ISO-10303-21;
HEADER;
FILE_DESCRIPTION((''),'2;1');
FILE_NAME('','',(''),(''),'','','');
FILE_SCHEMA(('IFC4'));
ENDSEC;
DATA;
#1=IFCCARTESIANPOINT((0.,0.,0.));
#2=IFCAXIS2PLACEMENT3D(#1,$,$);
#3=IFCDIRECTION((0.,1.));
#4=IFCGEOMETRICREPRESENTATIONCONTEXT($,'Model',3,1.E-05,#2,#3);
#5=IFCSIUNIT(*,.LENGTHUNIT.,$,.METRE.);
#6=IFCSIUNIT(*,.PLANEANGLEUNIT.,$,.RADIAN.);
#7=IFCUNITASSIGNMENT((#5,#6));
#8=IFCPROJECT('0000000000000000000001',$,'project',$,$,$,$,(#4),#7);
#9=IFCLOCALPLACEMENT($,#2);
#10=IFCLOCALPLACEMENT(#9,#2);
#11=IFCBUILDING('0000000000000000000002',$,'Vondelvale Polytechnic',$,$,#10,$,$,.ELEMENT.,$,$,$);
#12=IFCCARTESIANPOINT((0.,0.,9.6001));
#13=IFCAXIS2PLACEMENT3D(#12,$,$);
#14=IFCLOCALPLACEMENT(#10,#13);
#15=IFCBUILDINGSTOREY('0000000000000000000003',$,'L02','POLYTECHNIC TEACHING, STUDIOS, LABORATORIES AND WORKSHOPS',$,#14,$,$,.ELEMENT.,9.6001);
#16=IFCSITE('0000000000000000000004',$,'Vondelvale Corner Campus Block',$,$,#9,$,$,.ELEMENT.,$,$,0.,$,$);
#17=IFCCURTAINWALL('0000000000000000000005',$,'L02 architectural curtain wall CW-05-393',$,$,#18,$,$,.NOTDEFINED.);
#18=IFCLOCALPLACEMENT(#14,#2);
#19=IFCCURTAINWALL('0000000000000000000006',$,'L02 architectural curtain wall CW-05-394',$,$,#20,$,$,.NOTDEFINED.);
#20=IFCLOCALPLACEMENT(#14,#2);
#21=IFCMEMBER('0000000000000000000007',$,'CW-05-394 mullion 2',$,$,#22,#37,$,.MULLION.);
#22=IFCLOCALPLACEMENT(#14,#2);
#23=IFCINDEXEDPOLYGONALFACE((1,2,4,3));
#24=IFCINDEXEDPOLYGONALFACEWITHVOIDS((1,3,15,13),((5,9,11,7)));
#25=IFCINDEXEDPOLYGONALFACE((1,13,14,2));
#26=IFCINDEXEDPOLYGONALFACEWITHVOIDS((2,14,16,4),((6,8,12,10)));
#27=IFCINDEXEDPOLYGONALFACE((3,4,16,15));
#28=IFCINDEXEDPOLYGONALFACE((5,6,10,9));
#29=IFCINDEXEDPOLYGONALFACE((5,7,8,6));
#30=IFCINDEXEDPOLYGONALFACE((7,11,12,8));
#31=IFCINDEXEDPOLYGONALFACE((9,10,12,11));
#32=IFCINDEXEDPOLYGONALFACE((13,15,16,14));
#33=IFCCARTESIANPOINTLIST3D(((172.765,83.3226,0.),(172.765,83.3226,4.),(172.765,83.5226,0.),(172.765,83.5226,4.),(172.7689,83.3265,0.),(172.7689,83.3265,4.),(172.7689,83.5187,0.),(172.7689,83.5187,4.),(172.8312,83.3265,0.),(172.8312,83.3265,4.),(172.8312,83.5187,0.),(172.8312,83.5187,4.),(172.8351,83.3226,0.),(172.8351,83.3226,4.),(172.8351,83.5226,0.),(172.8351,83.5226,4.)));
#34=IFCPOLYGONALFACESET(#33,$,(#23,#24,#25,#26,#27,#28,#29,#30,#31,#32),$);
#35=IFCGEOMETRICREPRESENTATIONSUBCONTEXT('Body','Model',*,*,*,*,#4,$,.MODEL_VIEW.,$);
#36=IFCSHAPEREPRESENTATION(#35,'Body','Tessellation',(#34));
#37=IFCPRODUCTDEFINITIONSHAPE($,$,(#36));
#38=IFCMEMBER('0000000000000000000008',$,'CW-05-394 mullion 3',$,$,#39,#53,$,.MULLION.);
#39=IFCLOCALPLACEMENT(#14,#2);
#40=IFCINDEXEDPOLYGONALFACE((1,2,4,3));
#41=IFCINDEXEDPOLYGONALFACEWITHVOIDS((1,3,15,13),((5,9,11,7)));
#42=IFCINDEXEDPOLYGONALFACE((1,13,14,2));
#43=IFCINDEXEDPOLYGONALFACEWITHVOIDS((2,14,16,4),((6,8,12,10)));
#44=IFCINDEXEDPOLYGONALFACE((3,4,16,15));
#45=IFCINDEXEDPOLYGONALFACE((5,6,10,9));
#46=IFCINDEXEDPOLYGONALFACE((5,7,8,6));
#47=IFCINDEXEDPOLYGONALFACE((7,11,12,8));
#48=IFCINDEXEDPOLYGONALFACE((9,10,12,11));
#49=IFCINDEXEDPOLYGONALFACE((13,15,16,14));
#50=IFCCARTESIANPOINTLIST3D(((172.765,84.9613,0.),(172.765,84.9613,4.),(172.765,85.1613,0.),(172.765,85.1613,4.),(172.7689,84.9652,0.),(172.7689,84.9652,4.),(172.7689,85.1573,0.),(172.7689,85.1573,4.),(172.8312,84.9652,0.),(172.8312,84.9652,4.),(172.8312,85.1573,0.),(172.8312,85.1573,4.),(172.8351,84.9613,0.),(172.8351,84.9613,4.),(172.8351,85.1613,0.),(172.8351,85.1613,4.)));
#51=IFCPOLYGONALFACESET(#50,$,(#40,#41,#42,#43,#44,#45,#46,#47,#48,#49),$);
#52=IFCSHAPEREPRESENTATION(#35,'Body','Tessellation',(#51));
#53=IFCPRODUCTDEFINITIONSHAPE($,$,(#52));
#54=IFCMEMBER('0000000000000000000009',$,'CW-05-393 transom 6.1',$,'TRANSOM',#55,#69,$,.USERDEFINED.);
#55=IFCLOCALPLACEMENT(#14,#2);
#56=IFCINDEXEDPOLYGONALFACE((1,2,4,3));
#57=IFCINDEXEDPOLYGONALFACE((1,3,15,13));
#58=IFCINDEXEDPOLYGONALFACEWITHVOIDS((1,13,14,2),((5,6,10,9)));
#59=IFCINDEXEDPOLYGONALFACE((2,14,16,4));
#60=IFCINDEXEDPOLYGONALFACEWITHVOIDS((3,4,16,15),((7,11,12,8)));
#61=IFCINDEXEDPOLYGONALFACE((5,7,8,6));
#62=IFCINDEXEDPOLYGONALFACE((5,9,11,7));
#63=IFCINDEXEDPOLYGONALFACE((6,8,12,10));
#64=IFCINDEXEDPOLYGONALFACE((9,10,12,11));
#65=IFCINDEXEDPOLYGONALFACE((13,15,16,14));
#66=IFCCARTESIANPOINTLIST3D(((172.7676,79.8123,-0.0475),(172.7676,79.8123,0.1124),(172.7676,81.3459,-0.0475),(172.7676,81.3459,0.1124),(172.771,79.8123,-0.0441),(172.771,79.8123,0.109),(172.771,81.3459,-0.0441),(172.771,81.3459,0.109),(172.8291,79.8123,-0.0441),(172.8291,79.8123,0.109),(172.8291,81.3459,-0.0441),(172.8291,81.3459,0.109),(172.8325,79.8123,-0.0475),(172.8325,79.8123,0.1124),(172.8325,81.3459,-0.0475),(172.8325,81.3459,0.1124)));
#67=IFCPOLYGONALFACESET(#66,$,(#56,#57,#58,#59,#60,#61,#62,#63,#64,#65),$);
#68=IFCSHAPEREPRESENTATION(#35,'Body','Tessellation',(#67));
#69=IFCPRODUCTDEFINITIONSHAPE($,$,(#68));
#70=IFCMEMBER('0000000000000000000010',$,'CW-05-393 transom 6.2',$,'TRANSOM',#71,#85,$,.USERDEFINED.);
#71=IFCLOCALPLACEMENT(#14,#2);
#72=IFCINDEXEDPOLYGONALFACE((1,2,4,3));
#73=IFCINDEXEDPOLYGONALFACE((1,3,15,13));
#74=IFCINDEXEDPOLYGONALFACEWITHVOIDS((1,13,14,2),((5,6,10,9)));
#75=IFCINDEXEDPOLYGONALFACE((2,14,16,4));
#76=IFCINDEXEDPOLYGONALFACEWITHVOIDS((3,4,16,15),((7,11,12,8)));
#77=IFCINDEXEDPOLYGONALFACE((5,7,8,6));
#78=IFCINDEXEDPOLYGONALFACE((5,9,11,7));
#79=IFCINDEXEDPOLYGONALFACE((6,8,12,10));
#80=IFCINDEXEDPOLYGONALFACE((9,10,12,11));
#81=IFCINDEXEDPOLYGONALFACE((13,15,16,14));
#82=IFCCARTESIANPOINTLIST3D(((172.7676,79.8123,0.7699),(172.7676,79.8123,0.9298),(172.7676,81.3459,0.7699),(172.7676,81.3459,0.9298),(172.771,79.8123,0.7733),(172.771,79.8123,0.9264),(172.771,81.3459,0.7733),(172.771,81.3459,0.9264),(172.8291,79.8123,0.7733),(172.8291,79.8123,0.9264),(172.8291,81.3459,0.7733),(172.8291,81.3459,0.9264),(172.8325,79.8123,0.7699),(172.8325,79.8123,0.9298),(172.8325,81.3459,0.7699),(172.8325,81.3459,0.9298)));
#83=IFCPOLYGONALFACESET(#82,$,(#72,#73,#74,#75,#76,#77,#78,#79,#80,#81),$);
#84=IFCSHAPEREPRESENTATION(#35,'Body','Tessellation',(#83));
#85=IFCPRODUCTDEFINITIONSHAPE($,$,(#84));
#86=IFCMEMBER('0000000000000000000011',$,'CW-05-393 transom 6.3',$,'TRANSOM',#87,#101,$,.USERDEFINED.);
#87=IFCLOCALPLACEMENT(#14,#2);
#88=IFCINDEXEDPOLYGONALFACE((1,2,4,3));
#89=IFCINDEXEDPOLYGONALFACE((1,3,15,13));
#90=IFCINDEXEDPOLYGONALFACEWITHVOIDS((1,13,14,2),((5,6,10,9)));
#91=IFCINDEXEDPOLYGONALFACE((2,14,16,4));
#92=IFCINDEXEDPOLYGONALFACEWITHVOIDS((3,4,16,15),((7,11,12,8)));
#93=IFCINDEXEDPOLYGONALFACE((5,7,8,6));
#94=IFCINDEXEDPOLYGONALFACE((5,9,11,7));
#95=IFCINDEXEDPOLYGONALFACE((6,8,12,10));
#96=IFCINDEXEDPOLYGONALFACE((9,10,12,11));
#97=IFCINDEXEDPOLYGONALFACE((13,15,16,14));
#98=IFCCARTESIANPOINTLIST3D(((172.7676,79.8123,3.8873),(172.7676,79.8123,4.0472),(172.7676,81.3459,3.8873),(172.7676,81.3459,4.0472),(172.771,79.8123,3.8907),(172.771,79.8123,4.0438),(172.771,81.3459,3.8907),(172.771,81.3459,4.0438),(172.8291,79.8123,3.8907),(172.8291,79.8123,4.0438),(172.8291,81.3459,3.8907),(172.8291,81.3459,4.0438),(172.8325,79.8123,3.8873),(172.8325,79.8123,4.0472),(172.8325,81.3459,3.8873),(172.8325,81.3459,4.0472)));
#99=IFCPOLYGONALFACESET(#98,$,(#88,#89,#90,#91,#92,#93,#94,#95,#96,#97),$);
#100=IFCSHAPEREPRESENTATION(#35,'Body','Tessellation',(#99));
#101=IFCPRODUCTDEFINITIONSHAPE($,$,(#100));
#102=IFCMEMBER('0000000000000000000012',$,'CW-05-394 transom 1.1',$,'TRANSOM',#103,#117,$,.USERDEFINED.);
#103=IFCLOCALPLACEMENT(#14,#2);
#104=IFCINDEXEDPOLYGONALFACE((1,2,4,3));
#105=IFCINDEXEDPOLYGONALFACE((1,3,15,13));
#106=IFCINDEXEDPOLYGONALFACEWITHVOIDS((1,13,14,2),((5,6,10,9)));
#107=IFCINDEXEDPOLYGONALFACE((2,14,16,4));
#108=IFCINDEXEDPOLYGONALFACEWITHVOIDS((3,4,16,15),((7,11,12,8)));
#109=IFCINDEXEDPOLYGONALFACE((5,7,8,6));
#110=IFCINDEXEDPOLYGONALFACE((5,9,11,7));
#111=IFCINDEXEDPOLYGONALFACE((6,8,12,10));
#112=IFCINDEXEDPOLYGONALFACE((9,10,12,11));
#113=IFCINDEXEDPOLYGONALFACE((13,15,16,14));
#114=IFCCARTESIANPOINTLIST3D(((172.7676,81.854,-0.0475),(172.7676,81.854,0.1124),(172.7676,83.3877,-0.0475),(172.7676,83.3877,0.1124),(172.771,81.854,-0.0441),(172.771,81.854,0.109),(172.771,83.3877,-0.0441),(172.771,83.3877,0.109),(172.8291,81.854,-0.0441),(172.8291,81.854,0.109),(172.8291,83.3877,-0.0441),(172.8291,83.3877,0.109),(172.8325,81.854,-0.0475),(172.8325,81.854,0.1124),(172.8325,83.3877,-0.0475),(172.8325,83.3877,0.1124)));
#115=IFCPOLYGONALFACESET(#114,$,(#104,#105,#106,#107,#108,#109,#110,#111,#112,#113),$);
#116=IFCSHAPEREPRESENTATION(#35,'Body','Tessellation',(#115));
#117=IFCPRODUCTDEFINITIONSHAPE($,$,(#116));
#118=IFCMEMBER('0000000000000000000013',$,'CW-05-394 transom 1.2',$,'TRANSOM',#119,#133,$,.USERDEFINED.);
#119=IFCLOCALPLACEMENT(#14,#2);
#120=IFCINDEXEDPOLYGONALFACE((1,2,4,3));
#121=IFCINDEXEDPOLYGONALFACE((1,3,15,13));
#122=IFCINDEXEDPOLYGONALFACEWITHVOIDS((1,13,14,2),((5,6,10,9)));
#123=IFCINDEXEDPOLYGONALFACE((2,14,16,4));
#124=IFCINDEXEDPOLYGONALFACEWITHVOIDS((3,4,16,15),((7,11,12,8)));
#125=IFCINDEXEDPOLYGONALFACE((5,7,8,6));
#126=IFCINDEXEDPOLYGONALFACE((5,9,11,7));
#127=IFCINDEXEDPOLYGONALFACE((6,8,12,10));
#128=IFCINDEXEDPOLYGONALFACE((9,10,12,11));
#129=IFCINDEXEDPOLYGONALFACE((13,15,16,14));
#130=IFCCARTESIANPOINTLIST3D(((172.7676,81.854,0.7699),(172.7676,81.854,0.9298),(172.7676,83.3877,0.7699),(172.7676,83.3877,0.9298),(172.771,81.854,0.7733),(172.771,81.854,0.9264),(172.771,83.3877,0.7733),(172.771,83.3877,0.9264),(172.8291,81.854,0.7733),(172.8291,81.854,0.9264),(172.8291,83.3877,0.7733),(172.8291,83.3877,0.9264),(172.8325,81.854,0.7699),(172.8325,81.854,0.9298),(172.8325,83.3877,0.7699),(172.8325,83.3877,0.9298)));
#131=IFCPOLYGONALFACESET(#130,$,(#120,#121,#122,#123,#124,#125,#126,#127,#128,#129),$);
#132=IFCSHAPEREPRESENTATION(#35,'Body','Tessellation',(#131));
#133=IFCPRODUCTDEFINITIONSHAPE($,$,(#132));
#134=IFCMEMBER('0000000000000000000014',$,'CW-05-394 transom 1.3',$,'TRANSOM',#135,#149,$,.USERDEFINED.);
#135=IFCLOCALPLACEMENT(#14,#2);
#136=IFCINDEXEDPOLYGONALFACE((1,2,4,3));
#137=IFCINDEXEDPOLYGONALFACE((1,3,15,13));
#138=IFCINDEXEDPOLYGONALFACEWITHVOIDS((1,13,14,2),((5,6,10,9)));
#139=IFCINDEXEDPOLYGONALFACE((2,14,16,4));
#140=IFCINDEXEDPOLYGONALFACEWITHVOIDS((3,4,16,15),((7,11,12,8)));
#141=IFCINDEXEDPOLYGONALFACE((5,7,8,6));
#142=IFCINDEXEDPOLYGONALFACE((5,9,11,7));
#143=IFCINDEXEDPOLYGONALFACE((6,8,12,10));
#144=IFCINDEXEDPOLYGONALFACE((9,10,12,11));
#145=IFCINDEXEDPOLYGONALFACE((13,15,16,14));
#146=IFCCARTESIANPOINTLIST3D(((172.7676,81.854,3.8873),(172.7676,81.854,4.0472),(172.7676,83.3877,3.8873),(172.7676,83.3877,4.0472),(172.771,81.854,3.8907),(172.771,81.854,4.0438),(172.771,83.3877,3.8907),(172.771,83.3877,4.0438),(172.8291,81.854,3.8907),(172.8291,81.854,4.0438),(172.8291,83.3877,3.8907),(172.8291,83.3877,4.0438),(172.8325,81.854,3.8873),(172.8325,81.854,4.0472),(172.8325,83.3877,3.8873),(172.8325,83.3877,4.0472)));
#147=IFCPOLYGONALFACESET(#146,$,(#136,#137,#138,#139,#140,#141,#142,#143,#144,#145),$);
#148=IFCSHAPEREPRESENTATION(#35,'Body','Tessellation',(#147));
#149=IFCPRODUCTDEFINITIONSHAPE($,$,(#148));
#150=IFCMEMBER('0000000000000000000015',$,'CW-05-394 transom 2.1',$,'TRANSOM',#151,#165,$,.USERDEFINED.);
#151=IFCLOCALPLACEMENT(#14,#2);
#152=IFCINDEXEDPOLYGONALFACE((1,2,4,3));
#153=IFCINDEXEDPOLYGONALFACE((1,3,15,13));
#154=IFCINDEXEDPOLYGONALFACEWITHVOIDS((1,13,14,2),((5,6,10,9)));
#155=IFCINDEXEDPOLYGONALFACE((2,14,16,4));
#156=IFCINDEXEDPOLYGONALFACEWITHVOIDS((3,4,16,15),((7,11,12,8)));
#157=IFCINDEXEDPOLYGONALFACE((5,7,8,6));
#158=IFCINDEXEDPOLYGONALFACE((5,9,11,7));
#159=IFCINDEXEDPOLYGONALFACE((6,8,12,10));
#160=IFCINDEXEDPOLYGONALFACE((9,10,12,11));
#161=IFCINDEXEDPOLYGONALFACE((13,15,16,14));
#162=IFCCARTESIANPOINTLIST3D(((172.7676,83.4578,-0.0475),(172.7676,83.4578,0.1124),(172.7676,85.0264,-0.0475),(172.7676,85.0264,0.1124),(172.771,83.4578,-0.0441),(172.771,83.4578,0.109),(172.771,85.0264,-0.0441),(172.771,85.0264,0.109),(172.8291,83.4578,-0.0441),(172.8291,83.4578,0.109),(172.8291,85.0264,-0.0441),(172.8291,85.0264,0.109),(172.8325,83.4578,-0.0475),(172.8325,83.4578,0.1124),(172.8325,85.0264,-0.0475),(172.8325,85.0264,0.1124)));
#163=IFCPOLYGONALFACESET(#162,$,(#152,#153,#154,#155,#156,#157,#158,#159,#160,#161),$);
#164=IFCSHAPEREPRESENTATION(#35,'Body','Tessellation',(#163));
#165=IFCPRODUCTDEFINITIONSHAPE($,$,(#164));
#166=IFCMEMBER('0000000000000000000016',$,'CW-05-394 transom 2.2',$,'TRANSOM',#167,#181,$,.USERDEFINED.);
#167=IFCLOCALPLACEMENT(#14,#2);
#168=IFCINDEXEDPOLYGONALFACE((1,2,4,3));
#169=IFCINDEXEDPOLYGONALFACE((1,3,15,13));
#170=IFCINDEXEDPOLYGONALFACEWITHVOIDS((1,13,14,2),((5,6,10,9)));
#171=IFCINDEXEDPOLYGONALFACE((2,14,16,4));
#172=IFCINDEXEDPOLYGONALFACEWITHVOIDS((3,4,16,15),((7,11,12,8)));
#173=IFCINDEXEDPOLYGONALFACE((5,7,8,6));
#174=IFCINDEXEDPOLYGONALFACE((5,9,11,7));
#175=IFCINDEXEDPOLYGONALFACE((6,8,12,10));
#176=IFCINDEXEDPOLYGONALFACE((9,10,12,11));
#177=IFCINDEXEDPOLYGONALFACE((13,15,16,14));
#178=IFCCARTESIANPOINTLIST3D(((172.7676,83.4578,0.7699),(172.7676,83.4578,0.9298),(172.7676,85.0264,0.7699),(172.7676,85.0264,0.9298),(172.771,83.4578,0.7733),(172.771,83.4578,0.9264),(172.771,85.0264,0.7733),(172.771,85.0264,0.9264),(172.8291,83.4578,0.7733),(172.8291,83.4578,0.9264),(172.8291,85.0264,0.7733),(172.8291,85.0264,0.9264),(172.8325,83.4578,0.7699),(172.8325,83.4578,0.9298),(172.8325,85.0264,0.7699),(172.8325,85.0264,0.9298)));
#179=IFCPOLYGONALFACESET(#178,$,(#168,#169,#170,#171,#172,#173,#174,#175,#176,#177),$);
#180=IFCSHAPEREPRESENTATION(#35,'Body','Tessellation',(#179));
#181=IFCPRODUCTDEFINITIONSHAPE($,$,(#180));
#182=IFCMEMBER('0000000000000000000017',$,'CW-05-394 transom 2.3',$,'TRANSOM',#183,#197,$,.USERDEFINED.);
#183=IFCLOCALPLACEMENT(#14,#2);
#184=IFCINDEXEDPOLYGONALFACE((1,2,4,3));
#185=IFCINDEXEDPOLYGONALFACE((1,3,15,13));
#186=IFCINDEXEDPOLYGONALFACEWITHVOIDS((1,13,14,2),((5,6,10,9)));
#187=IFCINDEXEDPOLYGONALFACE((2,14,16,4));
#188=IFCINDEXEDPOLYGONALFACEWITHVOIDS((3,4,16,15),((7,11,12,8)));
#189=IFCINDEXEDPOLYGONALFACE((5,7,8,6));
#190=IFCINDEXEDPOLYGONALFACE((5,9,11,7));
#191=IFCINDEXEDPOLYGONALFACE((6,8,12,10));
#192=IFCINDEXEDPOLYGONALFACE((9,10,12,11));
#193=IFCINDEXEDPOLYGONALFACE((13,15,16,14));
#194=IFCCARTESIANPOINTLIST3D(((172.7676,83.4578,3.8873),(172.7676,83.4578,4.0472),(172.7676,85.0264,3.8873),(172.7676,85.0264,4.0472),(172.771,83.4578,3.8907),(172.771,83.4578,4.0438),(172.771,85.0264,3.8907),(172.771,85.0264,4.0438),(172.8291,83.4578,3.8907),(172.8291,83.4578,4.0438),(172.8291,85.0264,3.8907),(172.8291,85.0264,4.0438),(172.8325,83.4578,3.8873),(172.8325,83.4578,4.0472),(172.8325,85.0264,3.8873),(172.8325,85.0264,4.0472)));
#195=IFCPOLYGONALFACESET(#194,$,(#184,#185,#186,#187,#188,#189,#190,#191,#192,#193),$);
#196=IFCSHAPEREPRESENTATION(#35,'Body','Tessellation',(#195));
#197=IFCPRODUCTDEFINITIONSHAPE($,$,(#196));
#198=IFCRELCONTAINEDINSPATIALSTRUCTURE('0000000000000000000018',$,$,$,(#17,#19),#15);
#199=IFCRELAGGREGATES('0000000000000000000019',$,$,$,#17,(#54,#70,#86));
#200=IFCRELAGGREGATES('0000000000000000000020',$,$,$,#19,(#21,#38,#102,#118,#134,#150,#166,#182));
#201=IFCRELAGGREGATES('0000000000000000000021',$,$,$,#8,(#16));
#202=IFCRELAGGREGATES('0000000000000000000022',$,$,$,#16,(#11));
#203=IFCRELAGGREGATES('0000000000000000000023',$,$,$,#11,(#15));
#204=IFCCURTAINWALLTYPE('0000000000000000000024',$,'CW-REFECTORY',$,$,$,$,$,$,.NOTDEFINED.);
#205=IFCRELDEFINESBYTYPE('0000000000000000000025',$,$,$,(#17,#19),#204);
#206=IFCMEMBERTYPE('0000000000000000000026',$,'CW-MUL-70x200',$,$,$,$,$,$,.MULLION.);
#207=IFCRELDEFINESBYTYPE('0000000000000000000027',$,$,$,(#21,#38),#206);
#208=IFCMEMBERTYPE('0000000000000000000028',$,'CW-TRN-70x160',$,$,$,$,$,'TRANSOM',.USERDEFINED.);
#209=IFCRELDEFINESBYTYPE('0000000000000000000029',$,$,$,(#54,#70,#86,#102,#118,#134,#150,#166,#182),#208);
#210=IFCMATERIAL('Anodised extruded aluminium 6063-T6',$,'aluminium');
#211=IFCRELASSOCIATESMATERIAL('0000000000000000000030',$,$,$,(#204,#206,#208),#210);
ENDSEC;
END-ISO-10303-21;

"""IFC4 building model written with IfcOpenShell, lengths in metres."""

from ifc_helpers import new_model, si_unit, direction, frame, origin, origin_2d, place, context, subcontext, project, spatial, hollow_rectangle, extrude, material, material_profile, profile_set, type_object, element, aggregate, save


model = new_model("IFC4")

# Units and contexts
model_context = context("Model", 3, precision=1e-05, world=origin(), true_north=direction((0.0, 1.0)))
body_context = subcontext(model_context, "Body", "Model", "MODEL_VIEW")
ifc_project = project(units=[si_unit("LENGTHUNIT", "METRE"), si_unit("PLANEANGLEUNIT", "RADIAN")], contexts=[model_context])

# Site, building, storey
site_placement = place(None, origin())
site = spatial("IfcSite", under=ifc_project, at=site_placement, Name="Vondelvale Corner Campus Block", CompositionType="ELEMENT", RefElevation=0.0)
building_placement = place(site_placement, origin())
building = spatial("IfcBuilding", under=site, at=building_placement, Name="Vondelvale Polytechnic", CompositionType="ELEMENT")
storey_placement = place(building_placement, frame((0.0, 0.0, 9.6001)))
storey = spatial("IfcBuildingStorey", under=building, at=storey_placement, Name="L02", Description="POLYTECHNIC TEACHING, STUDIOS, LABORATORIES AND WORKSHOPS", CompositionType="ELEMENT", Elevation=9.6001)

# Curtain wall
ifc_material_1 = material(Name="Anodised extruded aluminium 6063-T6", Category="aluminium")
curtain_wall_type = type_object("IfcCurtainWallType", Name="CW-REFECTORY", PredefinedType="NOTDEFINED", material=ifc_material_1)
curtain_wall_1_placement = place(storey_placement, origin())
curtain_wall_1 = element("IfcCurtainWall", 1, at=curtain_wall_1_placement, inside=storey, type_object=curtain_wall_type, Name="L02 architectural curtain wall CW-05-393", PredefinedType="NOTDEFINED")
ifc_material_profile_1 = material_profile(ifc_material_1, hollow_rectangle(XDim=0.0701, YDim=0.2, WallThickness=0.0039, at=origin_2d()), Name="CW-MUL-200x70")
ifc_profile_set_1 = profile_set([ifc_material_profile_1], Name="Anodised extruded aluminium 6063-T6")
member_type_1 = type_object("IfcMemberType", Name="CW-MUL-70x200", PredefinedType="MULLION", material=ifc_profile_set_1)

# Curtain wall, members
curtain_wall_2_placement = place(storey_placement, origin())
curtain_wall_2 = element("IfcCurtainWall", 2, at=curtain_wall_2_placement, inside=storey, type_object=curtain_wall_type, Name="L02 architectural curtain wall CW-05-394", PredefinedType="NOTDEFINED")
member_1_placement = place(storey_placement, frame((172.8, 83.4226, 0.0), z_axis=(0.0, 0.0, 1.0), x_axis=(-1.0, 0.0, 0.0)))
member_1 = element("IfcMember", 3, at=member_1_placement, type_object=member_type_1, Name="CW-05-394 mullion 2", PredefinedType="MULLION", context=body_context, shape_type="SweptSolid", body=[
    extrude(hollow_rectangle(XDim=0.0701, YDim=0.2, WallThickness=0.0039, at=origin_2d()), origin(), (0.0, 0.0, 1.0), 4.0),
])
member_2_placement = place(storey_placement, frame((172.8, 85.0613, 0.0), z_axis=(0.0, 0.0, 1.0), x_axis=(-1.0, 0.0, 0.0)))
member_2 = element("IfcMember", 4, at=member_2_placement, type_object=member_type_1, Name="CW-05-394 mullion 3", PredefinedType="MULLION", context=body_context, shape_type="SweptSolid", body=[
    extrude(hollow_rectangle(XDim=0.0701, YDim=0.2, WallThickness=0.0039, at=origin_2d()), origin(), (0.0, 0.0, 1.0), 4.0),
])

# Members
ifc_material_profile_2 = material_profile(ifc_material_1, hollow_rectangle(XDim=0.0649, YDim=0.1599, WallThickness=0.0034, at=origin_2d()), Name="CW-TRN-160x65")
ifc_profile_set_2 = profile_set([ifc_material_profile_2], Name="Anodised extruded aluminium 6063-T6")
member_type_2 = type_object("IfcMemberType", Name="CW-TRN-70x160", ElementType="TRANSOM", PredefinedType="USERDEFINED", material=ifc_profile_set_2)
member_3_placement = place(storey_placement, frame((172.8, 79.8123, 0.0325), z_axis=(0.0, 1.0, 0.0), x_axis=(-1.0, 0.0, 0.0)))
member_3 = element("IfcMember", 5, at=member_3_placement, type_object=member_type_2, Name="CW-05-393 transom 6.1", ObjectType="TRANSOM", PredefinedType="USERDEFINED", context=body_context, shape_type="SweptSolid", body=[
    extrude(hollow_rectangle(XDim=0.0649, YDim=0.1599, WallThickness=0.0034, at=origin_2d()), origin(), (0.0, 0.0, 1.0), 1.5337),
])
member_4_placement = place(storey_placement, frame((172.8, 79.8123, 0.8499), z_axis=(0.0, 1.0, 0.0), x_axis=(-1.0, 0.0, 0.0)))
member_4 = element("IfcMember", 6, at=member_4_placement, type_object=member_type_2, Name="CW-05-393 transom 6.2", ObjectType="TRANSOM", PredefinedType="USERDEFINED", context=body_context, shape_type="SweptSolid", body=[
    extrude(hollow_rectangle(XDim=0.0649, YDim=0.1599, WallThickness=0.0034, at=origin_2d()), origin(), (0.0, 0.0, 1.0), 1.5337),
])
member_5_placement = place(storey_placement, frame((172.8, 79.8123, 3.9673), z_axis=(0.0, 1.0, 0.0), x_axis=(-1.0, 0.0, 0.0)))
member_5 = element("IfcMember", 7, at=member_5_placement, type_object=member_type_2, Name="CW-05-393 transom 6.3", ObjectType="TRANSOM", PredefinedType="USERDEFINED", context=body_context, shape_type="SweptSolid", body=[
    extrude(hollow_rectangle(XDim=0.0649, YDim=0.1599, WallThickness=0.0034, at=origin_2d()), origin(), (0.0, 0.0, 1.0), 1.5337),
])
member_6_placement = place(storey_placement, frame((172.8, 81.854, 0.0325), z_axis=(0.0, 1.0, 0.0), x_axis=(-1.0, 0.0, 0.0)))
member_6 = element("IfcMember", 8, at=member_6_placement, type_object=member_type_2, Name="CW-05-394 transom 1.1", ObjectType="TRANSOM", PredefinedType="USERDEFINED", context=body_context, shape_type="SweptSolid", body=[
    extrude(hollow_rectangle(XDim=0.0649, YDim=0.1599, WallThickness=0.0034, at=origin_2d()), origin(), (0.0, 0.0, 1.0), 1.5337),
])
member_7_placement = place(storey_placement, frame((172.8, 81.854, 0.8499), z_axis=(0.0, 1.0, 0.0), x_axis=(-1.0, 0.0, 0.0)))
member_7 = element("IfcMember", 9, at=member_7_placement, type_object=member_type_2, Name="CW-05-394 transom 1.2", ObjectType="TRANSOM", PredefinedType="USERDEFINED", context=body_context, shape_type="SweptSolid", body=[
    extrude(hollow_rectangle(XDim=0.0649, YDim=0.1599, WallThickness=0.0034, at=origin_2d()), origin(), (0.0, 0.0, 1.0), 1.5337),
])
member_8_placement = place(storey_placement, frame((172.8, 81.854, 3.9673), z_axis=(0.0, 1.0, 0.0), x_axis=(-1.0, 0.0, 0.0)))
member_8 = element("IfcMember", 10, at=member_8_placement, type_object=member_type_2, Name="CW-05-394 transom 1.3", ObjectType="TRANSOM", PredefinedType="USERDEFINED", context=body_context, shape_type="SweptSolid", body=[
    extrude(hollow_rectangle(XDim=0.0649, YDim=0.1599, WallThickness=0.0034, at=origin_2d()), origin(), (0.0, 0.0, 1.0), 1.5337),
])
member_9_placement = place(storey_placement, frame((172.8, 83.4578, 0.0325), z_axis=(0.0, 1.0, 0.0), x_axis=(-1.0, 0.0, 0.0)))
member_9 = element("IfcMember", 11, at=member_9_placement, type_object=member_type_2, Name="CW-05-394 transom 2.1", ObjectType="TRANSOM", PredefinedType="USERDEFINED", context=body_context, shape_type="SweptSolid", body=[
    extrude(hollow_rectangle(XDim=0.0649, YDim=0.1599, WallThickness=0.0034, at=origin_2d()), origin(), (0.0, 0.0, 1.0), 1.5686),
])
member_10_placement = place(storey_placement, frame((172.8, 83.4578, 0.8499), z_axis=(0.0, 1.0, 0.0), x_axis=(-1.0, 0.0, 0.0)))
member_10 = element("IfcMember", 12, at=member_10_placement, type_object=member_type_2, Name="CW-05-394 transom 2.2", ObjectType="TRANSOM", PredefinedType="USERDEFINED", context=body_context, shape_type="SweptSolid", body=[
    extrude(hollow_rectangle(XDim=0.0649, YDim=0.1599, WallThickness=0.0034, at=origin_2d()), origin(), (0.0, 0.0, 1.0), 1.5686),
])
member_11_placement = place(storey_placement, frame((172.8, 83.4578, 3.9673), z_axis=(0.0, 1.0, 0.0), x_axis=(-1.0, 0.0, 0.0)))
member_11 = element("IfcMember", 13, at=member_11_placement, type_object=member_type_2, Name="CW-05-394 transom 2.3", ObjectType="TRANSOM", PredefinedType="USERDEFINED", context=body_context, shape_type="SweptSolid", body=[
    extrude(hollow_rectangle(XDim=0.0649, YDim=0.1599, WallThickness=0.0034, at=origin_2d()), origin(), (0.0, 0.0, 1.0), 1.5686),
])

aggregate(curtain_wall_1, [member_3, member_4, member_5])
aggregate(curtain_wall_2, [member_1, member_2, member_6, member_7, member_8, member_9, member_10, member_11])

save(model, "model.ifc")
